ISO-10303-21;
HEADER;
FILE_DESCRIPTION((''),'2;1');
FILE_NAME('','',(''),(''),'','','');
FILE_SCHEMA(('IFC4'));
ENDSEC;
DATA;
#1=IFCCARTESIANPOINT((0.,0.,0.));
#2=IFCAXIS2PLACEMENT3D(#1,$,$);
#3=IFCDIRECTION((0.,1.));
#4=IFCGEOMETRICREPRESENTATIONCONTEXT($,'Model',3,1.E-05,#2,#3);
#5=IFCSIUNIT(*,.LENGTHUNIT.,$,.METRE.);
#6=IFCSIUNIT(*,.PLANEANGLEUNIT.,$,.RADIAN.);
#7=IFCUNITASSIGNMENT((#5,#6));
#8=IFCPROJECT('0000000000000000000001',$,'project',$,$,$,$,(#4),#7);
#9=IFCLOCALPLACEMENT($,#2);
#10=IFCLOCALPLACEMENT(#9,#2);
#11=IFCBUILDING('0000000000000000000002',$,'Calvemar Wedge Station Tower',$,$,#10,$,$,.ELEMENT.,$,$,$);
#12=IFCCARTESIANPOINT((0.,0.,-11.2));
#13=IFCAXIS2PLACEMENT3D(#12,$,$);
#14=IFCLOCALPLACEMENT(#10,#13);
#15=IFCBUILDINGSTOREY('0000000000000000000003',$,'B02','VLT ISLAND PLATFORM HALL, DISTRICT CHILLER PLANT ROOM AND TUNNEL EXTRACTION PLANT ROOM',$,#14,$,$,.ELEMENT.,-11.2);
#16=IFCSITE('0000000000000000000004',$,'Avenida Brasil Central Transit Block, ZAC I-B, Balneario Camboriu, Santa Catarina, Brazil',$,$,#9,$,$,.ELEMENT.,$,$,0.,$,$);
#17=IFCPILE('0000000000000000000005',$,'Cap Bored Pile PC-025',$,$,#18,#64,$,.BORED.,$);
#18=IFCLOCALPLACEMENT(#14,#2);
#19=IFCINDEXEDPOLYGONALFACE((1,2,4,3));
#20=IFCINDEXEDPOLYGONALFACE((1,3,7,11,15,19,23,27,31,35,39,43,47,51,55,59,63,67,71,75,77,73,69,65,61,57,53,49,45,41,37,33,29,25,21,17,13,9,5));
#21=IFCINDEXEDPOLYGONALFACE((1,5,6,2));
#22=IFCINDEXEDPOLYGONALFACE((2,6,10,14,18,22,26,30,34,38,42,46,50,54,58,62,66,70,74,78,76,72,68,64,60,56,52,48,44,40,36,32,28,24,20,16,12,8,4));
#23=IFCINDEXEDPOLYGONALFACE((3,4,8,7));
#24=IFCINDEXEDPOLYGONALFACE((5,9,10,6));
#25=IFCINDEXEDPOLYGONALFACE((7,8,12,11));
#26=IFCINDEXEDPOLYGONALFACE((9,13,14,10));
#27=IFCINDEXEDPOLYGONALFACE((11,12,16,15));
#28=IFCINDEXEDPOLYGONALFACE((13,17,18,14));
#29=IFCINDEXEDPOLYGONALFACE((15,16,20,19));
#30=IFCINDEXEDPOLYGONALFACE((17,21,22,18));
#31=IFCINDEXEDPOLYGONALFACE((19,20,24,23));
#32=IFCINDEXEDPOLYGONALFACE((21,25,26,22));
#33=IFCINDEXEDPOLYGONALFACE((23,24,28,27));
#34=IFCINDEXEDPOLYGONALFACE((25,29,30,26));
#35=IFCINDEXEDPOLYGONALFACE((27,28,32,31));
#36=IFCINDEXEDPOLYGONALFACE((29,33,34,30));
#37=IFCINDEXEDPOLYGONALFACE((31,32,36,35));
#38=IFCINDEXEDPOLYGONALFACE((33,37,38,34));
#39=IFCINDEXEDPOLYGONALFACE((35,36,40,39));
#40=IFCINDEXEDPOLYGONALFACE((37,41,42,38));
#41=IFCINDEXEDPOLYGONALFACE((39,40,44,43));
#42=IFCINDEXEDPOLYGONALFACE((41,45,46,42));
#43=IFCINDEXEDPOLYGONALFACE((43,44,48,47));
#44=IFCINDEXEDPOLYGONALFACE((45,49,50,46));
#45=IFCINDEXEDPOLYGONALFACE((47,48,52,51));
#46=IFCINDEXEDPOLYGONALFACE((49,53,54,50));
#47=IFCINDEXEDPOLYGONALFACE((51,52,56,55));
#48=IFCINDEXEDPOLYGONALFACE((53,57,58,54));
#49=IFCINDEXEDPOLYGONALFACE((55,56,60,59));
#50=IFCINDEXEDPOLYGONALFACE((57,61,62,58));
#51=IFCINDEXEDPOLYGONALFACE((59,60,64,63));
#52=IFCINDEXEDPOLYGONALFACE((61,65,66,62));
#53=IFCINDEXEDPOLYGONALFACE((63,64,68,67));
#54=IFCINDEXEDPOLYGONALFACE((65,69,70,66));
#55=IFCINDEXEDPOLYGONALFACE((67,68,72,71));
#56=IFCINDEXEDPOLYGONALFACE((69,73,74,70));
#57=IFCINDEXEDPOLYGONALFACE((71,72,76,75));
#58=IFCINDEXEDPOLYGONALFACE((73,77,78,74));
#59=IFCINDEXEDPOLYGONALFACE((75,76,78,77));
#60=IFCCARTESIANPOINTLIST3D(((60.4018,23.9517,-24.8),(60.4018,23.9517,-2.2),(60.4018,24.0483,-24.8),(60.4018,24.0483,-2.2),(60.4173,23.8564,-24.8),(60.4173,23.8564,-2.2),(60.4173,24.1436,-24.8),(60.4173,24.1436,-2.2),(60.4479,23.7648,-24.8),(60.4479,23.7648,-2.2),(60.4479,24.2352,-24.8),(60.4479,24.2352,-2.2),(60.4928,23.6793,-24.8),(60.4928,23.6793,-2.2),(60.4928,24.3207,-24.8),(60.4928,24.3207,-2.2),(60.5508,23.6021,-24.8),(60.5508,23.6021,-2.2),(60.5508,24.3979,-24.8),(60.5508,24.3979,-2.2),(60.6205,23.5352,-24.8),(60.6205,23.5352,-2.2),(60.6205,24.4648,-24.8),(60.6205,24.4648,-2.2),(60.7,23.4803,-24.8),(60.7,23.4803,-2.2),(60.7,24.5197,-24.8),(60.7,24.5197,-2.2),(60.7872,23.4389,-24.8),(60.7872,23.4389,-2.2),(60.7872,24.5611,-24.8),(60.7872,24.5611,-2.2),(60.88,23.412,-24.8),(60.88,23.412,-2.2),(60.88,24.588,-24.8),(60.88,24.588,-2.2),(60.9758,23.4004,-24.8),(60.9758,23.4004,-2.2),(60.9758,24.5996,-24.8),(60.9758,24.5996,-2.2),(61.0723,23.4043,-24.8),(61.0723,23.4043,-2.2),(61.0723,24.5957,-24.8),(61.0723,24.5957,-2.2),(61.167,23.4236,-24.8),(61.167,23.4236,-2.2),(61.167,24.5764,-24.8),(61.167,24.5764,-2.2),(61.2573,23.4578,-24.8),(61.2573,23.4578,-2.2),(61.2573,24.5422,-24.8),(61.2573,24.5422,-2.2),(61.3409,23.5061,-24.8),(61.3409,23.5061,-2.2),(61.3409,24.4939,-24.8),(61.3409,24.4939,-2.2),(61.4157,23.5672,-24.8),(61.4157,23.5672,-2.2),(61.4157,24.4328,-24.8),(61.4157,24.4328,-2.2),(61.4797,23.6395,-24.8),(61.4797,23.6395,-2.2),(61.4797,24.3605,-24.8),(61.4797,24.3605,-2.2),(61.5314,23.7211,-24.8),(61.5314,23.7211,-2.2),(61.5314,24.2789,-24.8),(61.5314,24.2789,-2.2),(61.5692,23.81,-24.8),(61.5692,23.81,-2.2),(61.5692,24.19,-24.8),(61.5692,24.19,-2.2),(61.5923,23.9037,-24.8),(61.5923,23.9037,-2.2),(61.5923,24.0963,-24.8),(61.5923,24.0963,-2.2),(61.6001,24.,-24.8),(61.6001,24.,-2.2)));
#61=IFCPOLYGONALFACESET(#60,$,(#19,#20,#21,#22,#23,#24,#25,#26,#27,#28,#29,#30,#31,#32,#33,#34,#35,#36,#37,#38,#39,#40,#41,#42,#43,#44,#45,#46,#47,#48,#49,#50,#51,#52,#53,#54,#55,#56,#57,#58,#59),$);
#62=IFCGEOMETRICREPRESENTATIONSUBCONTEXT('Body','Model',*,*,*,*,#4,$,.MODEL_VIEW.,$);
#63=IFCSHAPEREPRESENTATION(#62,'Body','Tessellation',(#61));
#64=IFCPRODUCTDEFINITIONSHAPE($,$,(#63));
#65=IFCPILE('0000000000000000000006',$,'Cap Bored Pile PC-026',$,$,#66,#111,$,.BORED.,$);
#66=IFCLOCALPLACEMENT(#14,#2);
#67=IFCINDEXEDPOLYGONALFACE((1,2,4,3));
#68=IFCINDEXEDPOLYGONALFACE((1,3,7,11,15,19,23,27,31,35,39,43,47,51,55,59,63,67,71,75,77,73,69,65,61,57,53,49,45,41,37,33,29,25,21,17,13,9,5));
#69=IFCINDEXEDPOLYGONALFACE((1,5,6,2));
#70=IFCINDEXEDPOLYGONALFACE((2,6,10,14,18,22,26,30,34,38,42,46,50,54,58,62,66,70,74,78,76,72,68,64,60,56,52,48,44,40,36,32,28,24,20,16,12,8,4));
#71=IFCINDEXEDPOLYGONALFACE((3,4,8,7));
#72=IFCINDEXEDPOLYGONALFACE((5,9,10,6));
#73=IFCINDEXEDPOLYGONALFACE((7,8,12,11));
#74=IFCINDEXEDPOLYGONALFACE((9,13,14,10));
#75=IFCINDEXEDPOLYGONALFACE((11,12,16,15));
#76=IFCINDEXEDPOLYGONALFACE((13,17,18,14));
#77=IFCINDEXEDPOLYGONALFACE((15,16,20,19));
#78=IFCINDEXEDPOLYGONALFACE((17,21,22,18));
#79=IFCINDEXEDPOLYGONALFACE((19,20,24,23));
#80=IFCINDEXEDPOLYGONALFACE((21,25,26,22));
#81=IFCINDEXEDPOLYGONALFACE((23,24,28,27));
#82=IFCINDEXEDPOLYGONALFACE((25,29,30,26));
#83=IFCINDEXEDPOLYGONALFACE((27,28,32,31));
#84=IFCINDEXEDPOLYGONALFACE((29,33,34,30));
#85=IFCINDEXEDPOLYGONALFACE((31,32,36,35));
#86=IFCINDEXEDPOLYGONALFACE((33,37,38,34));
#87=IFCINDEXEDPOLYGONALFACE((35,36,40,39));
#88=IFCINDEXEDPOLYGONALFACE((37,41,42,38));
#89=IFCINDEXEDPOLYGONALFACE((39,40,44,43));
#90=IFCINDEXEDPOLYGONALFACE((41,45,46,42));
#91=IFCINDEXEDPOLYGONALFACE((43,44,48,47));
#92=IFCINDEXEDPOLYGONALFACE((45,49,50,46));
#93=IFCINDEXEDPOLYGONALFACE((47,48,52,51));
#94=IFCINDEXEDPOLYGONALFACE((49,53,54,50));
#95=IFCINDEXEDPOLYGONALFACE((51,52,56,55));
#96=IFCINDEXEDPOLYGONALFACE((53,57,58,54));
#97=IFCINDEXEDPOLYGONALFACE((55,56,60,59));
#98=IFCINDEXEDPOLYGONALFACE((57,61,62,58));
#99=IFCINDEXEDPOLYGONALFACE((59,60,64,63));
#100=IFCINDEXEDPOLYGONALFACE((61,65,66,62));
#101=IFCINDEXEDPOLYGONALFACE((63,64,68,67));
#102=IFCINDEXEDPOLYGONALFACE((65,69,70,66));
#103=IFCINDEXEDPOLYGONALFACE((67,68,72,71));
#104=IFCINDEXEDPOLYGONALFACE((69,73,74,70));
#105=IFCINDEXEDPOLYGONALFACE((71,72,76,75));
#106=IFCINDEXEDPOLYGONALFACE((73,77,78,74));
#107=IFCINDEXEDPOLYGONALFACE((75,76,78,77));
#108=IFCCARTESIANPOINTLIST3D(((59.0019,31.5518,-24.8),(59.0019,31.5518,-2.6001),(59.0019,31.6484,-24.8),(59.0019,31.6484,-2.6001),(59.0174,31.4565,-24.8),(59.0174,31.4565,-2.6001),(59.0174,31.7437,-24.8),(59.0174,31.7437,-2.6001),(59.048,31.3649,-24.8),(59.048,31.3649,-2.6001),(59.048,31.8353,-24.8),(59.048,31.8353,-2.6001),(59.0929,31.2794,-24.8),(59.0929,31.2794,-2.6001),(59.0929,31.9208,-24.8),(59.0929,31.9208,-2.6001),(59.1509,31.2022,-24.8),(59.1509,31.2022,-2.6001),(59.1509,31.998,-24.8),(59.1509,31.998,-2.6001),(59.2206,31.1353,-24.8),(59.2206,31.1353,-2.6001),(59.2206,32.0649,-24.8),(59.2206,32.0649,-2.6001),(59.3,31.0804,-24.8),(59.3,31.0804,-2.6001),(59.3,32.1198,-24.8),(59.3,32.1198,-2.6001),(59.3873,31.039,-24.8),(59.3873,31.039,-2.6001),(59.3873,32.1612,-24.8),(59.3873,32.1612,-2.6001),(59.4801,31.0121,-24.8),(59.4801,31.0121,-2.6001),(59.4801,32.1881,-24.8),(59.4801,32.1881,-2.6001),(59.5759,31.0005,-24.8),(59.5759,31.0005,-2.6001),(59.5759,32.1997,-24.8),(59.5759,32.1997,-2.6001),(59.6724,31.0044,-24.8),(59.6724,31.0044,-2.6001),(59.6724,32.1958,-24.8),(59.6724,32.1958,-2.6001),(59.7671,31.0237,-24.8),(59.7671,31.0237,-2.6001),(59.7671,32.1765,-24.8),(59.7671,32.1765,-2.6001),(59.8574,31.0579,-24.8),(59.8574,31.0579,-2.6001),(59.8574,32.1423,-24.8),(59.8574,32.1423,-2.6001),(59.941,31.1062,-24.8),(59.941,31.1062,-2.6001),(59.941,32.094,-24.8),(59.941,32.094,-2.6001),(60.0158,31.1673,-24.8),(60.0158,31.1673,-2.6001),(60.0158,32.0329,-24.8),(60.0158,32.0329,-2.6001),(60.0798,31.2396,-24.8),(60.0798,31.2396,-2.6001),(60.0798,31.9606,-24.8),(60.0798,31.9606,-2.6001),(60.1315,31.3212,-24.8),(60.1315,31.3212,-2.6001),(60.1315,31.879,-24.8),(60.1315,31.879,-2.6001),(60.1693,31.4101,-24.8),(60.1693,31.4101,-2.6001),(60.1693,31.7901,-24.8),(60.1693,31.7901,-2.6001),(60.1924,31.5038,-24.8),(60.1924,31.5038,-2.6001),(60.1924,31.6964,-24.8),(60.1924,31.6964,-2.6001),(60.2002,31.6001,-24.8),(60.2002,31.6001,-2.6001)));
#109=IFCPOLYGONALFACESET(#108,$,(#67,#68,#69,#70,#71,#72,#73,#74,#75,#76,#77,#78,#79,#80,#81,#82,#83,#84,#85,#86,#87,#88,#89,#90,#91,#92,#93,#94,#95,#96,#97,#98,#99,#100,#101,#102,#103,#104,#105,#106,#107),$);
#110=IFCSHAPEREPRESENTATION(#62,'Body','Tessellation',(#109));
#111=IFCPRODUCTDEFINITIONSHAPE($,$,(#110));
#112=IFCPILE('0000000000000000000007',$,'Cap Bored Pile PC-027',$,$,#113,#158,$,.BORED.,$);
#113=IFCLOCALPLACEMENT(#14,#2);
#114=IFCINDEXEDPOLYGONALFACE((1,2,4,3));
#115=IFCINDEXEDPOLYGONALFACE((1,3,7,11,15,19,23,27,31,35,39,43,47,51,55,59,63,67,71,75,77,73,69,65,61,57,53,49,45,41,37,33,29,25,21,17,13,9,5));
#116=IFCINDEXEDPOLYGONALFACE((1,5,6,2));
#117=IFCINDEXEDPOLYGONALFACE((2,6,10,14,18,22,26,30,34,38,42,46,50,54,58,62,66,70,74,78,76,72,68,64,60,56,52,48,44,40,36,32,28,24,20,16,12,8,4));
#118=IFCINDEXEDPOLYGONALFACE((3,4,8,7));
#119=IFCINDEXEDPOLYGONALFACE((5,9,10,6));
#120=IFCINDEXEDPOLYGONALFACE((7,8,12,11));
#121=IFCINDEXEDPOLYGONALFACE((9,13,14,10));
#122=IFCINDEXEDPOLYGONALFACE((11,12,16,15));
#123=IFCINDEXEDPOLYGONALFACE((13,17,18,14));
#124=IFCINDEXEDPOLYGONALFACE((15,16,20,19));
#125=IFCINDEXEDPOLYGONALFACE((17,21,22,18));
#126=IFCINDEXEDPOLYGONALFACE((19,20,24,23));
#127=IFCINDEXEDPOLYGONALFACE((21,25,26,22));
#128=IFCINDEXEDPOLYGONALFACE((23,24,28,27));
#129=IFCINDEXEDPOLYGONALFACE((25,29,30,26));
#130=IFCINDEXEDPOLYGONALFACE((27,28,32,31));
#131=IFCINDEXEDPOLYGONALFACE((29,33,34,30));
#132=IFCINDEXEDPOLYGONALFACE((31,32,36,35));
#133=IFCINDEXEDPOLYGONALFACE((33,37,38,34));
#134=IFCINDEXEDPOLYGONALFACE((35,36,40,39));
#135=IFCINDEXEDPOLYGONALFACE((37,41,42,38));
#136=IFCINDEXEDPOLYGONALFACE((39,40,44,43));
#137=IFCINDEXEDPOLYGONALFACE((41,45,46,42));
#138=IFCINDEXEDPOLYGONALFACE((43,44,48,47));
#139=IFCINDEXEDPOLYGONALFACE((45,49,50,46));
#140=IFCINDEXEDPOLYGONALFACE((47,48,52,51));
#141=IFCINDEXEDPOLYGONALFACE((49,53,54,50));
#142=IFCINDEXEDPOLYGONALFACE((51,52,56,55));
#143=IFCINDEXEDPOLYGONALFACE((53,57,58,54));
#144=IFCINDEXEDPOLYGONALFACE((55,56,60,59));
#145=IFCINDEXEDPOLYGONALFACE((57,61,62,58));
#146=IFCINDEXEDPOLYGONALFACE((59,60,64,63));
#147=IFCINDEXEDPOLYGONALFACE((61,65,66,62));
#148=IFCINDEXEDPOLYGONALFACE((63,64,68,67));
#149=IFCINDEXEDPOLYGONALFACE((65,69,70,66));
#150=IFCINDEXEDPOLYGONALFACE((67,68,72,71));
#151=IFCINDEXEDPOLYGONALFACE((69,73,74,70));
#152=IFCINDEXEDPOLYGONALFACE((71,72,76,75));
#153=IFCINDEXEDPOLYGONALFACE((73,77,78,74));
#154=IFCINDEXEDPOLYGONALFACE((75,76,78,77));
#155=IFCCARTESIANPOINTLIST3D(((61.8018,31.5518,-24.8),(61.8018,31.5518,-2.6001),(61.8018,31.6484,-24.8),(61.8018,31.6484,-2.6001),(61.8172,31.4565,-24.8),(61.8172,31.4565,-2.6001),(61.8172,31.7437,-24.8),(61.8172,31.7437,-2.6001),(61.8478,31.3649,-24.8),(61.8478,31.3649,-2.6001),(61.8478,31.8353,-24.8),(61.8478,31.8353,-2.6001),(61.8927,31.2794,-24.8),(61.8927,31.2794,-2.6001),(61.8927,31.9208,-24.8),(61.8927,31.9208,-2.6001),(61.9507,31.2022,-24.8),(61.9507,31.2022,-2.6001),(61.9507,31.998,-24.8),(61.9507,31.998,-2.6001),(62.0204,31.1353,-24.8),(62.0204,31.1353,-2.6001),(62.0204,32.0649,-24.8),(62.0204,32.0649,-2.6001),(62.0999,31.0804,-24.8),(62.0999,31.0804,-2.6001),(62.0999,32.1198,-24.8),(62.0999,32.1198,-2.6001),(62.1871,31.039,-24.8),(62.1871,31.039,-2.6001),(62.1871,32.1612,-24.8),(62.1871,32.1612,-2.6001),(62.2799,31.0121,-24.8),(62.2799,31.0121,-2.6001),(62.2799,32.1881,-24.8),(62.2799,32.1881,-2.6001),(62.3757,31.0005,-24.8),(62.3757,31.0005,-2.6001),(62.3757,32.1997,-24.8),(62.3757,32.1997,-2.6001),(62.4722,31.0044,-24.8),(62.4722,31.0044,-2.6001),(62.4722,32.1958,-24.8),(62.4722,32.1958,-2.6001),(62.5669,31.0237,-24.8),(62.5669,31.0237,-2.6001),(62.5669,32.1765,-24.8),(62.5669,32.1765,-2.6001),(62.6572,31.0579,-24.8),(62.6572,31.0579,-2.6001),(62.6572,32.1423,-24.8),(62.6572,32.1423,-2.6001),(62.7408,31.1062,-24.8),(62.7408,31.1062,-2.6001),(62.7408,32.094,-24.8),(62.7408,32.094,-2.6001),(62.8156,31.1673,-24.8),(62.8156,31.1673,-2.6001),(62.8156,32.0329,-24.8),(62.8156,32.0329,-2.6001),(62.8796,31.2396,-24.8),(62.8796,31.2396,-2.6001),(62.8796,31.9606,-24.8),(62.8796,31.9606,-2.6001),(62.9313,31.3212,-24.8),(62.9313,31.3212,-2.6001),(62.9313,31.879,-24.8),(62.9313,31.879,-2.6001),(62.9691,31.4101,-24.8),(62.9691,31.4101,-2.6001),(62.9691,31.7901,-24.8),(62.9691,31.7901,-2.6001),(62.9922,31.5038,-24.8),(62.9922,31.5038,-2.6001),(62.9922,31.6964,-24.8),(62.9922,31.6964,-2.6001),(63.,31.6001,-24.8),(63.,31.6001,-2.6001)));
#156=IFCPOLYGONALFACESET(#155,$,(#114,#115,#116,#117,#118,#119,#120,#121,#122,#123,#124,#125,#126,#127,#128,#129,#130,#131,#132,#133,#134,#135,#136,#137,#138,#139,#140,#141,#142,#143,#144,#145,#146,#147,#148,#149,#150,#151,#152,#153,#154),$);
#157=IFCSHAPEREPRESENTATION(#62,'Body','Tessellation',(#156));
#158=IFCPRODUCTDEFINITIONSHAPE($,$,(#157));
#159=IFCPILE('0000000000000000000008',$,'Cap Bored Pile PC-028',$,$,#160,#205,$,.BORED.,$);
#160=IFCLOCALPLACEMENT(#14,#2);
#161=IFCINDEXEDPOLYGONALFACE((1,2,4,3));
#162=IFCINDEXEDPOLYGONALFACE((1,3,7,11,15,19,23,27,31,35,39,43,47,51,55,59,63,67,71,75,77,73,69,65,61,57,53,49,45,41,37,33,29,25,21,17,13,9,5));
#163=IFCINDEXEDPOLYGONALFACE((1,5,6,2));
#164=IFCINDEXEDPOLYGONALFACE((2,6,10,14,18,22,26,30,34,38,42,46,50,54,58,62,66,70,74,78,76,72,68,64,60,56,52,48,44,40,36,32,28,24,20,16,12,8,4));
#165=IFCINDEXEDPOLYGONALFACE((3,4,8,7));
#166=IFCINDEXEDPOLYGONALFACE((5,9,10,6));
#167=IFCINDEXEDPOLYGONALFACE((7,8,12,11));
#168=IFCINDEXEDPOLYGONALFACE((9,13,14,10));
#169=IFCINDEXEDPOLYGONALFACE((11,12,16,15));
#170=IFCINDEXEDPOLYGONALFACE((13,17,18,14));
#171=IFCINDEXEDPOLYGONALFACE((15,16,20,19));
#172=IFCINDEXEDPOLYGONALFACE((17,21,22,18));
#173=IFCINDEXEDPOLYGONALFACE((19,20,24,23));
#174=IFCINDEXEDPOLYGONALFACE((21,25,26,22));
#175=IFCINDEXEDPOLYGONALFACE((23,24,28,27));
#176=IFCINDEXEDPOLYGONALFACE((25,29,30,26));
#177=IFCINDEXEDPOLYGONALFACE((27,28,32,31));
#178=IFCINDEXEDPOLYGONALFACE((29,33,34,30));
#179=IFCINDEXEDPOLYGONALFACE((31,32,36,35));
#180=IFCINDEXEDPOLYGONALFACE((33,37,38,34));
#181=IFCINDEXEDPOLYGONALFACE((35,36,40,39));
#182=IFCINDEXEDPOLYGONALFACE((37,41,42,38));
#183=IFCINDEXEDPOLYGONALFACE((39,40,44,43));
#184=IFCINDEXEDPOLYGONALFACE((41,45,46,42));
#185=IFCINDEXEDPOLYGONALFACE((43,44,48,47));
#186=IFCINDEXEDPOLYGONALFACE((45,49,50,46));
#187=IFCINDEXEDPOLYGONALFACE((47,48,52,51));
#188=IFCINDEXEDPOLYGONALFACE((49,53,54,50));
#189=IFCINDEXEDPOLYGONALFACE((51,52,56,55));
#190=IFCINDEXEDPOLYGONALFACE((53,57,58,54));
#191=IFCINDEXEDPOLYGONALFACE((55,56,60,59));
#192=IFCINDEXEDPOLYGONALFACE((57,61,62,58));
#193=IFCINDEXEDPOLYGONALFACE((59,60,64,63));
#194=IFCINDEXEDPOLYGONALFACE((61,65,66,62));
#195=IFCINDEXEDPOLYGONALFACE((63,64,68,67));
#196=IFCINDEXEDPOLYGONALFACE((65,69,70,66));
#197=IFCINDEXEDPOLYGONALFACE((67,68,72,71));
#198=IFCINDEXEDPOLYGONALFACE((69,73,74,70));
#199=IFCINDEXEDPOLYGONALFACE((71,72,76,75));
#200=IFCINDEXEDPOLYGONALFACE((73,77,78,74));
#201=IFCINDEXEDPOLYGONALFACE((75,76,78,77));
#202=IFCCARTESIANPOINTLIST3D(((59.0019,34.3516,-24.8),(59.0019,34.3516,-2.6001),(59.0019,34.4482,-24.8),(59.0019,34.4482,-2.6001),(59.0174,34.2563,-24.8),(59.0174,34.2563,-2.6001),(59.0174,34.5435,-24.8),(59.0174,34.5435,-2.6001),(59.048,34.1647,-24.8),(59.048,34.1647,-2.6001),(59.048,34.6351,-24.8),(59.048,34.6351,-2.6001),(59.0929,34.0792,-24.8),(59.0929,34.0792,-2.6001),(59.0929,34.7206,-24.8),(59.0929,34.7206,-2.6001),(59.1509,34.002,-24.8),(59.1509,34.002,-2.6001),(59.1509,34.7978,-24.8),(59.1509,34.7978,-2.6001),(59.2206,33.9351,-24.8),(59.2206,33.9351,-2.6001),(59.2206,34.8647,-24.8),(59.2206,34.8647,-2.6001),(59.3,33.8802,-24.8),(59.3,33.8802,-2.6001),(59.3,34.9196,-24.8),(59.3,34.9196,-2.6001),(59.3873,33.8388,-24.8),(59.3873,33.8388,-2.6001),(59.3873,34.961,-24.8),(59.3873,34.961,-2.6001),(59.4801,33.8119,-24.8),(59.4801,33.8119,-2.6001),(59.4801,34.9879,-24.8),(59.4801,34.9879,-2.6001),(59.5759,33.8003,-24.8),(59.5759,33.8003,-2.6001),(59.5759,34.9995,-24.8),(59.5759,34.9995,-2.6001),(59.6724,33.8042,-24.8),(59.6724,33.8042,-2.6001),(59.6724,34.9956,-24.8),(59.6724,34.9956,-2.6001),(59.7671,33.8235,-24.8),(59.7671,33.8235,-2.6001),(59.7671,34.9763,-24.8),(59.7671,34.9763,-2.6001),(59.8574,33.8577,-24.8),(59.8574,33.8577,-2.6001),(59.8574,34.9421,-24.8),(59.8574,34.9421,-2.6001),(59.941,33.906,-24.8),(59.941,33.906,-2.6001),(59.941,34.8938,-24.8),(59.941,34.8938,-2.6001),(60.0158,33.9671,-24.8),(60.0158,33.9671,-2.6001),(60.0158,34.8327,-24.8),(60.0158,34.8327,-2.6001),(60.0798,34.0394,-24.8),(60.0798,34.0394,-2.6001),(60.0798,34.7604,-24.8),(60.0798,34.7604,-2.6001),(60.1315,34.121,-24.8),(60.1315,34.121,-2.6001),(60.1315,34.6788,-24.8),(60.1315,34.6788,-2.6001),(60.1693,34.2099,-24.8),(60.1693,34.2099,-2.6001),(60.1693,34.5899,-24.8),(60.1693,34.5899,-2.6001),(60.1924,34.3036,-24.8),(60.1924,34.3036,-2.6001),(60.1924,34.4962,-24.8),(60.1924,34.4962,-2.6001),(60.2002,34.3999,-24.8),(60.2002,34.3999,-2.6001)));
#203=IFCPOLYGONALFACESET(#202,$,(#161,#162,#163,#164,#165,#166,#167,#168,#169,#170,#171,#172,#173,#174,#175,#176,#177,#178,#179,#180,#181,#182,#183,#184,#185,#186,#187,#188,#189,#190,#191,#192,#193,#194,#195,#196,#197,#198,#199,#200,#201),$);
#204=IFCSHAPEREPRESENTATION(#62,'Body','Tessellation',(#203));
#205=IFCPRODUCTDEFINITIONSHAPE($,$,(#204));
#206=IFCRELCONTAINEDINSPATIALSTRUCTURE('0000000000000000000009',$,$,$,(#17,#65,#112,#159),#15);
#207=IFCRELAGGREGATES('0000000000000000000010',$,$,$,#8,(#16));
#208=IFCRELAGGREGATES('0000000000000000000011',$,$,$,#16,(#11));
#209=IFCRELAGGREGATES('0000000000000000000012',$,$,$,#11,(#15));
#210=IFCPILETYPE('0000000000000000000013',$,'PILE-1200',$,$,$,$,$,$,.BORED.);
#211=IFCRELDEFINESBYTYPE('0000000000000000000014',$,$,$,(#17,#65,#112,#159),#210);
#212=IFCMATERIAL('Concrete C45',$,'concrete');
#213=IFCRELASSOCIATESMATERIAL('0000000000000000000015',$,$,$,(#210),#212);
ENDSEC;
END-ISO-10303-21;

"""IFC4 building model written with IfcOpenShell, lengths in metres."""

from ifc_helpers import new_model, si_unit, direction, frame, origin, origin_2d, place, context, subcontext, project, spatial, circle, extrude, material, material_profile, profile_set, type_object, element, save


model = new_model("IFC4")

# Units and contexts
model_context = context("Model", 3, precision=1e-05, world=origin(), true_north=direction((0.0, 1.0)))
body_context = subcontext(model_context, "Body", "Model", "MODEL_VIEW")
ifc_project = project(units=[si_unit("LENGTHUNIT", "METRE"), si_unit("PLANEANGLEUNIT", "RADIAN")], contexts=[model_context])

# Site, building, storey
site_placement = place(None, origin())
site = spatial("IfcSite", under=ifc_project, at=site_placement, Name="Avenida Brasil Central Transit Block, ZAC I-B, Balneario Camboriu, Santa Catarina, Brazil", CompositionType="ELEMENT", RefElevation=0.0)
building_placement = place(site_placement, origin())
building = spatial("IfcBuilding", under=site, at=building_placement, Name="Calvemar Wedge Station Tower", CompositionType="ELEMENT")
storey_placement = place(building_placement, frame((0.0, 0.0, -11.2)))
storey = spatial("IfcBuildingStorey", under=building, at=storey_placement, Name="B02", Description="VLT ISLAND PLATFORM HALL, DISTRICT CHILLER PLANT ROOM AND TUNNEL EXTRACTION PLANT ROOM", CompositionType="ELEMENT", Elevation=-11.2)

# Piles
ifc_material_1 = material(Name="Concrete C45", Category="concrete")
ifc_material_profile_1 = material_profile(ifc_material_1, circle(Radius=0.6001, at=origin_2d()), Name="PILE-D1200")
ifc_profile_set_1 = profile_set([ifc_material_profile_1], Name="Concrete C45")
pile_type_1 = type_object("IfcPileType", Name="PILE-1200", PredefinedType="BORED", material=ifc_profile_set_1)
pile_placement = place(storey_placement, frame((61.0, 24.0, -2.2), z_axis=(0.0, 0.0, -1.0), x_axis=(1.0, 0.0, 0.0)))
element("IfcPile", 1, at=pile_placement, inside=storey, type_object=pile_type_1, Name="Cap Bored Pile PC-025", PredefinedType="BORED", context=body_context, shape_type="SweptSolid", body=[
    extrude(circle(Radius=0.6001, at=origin_2d()), origin(), (0.0, 0.0, 1.0), 22.6001),
])
for number, where, z_axis, x_axis, name in (
    (2, (59.6001, 31.6001, -2.6001), (0.0, 0.0, -1.0), (1.0, 0.0, 0.0), "Cap Bored Pile PC-026"),
    (3, (62.3999, 31.6001, -2.6001), (0.0, 0.0, -1.0), (1.0, 0.0, 0.0), "Cap Bored Pile PC-027"),
    (4, (59.6001, 34.3999, -2.6001), (0.0, 0.0, -1.0), (1.0, 0.0, 0.0), "Cap Bored Pile PC-028"),
):
    element("IfcPile", number, at=place(storey_placement, frame(where, z_axis=z_axis, x_axis=x_axis)), inside=storey, type_object=pile_type_1, Name=name, PredefinedType="BORED", context=body_context, shape_type="SweptSolid", body=[
        extrude(circle(Radius=0.6001, at=origin_2d()), origin(), (0.0, 0.0, 1.0), 22.2),
    ])

save(model, "model.ifc")
